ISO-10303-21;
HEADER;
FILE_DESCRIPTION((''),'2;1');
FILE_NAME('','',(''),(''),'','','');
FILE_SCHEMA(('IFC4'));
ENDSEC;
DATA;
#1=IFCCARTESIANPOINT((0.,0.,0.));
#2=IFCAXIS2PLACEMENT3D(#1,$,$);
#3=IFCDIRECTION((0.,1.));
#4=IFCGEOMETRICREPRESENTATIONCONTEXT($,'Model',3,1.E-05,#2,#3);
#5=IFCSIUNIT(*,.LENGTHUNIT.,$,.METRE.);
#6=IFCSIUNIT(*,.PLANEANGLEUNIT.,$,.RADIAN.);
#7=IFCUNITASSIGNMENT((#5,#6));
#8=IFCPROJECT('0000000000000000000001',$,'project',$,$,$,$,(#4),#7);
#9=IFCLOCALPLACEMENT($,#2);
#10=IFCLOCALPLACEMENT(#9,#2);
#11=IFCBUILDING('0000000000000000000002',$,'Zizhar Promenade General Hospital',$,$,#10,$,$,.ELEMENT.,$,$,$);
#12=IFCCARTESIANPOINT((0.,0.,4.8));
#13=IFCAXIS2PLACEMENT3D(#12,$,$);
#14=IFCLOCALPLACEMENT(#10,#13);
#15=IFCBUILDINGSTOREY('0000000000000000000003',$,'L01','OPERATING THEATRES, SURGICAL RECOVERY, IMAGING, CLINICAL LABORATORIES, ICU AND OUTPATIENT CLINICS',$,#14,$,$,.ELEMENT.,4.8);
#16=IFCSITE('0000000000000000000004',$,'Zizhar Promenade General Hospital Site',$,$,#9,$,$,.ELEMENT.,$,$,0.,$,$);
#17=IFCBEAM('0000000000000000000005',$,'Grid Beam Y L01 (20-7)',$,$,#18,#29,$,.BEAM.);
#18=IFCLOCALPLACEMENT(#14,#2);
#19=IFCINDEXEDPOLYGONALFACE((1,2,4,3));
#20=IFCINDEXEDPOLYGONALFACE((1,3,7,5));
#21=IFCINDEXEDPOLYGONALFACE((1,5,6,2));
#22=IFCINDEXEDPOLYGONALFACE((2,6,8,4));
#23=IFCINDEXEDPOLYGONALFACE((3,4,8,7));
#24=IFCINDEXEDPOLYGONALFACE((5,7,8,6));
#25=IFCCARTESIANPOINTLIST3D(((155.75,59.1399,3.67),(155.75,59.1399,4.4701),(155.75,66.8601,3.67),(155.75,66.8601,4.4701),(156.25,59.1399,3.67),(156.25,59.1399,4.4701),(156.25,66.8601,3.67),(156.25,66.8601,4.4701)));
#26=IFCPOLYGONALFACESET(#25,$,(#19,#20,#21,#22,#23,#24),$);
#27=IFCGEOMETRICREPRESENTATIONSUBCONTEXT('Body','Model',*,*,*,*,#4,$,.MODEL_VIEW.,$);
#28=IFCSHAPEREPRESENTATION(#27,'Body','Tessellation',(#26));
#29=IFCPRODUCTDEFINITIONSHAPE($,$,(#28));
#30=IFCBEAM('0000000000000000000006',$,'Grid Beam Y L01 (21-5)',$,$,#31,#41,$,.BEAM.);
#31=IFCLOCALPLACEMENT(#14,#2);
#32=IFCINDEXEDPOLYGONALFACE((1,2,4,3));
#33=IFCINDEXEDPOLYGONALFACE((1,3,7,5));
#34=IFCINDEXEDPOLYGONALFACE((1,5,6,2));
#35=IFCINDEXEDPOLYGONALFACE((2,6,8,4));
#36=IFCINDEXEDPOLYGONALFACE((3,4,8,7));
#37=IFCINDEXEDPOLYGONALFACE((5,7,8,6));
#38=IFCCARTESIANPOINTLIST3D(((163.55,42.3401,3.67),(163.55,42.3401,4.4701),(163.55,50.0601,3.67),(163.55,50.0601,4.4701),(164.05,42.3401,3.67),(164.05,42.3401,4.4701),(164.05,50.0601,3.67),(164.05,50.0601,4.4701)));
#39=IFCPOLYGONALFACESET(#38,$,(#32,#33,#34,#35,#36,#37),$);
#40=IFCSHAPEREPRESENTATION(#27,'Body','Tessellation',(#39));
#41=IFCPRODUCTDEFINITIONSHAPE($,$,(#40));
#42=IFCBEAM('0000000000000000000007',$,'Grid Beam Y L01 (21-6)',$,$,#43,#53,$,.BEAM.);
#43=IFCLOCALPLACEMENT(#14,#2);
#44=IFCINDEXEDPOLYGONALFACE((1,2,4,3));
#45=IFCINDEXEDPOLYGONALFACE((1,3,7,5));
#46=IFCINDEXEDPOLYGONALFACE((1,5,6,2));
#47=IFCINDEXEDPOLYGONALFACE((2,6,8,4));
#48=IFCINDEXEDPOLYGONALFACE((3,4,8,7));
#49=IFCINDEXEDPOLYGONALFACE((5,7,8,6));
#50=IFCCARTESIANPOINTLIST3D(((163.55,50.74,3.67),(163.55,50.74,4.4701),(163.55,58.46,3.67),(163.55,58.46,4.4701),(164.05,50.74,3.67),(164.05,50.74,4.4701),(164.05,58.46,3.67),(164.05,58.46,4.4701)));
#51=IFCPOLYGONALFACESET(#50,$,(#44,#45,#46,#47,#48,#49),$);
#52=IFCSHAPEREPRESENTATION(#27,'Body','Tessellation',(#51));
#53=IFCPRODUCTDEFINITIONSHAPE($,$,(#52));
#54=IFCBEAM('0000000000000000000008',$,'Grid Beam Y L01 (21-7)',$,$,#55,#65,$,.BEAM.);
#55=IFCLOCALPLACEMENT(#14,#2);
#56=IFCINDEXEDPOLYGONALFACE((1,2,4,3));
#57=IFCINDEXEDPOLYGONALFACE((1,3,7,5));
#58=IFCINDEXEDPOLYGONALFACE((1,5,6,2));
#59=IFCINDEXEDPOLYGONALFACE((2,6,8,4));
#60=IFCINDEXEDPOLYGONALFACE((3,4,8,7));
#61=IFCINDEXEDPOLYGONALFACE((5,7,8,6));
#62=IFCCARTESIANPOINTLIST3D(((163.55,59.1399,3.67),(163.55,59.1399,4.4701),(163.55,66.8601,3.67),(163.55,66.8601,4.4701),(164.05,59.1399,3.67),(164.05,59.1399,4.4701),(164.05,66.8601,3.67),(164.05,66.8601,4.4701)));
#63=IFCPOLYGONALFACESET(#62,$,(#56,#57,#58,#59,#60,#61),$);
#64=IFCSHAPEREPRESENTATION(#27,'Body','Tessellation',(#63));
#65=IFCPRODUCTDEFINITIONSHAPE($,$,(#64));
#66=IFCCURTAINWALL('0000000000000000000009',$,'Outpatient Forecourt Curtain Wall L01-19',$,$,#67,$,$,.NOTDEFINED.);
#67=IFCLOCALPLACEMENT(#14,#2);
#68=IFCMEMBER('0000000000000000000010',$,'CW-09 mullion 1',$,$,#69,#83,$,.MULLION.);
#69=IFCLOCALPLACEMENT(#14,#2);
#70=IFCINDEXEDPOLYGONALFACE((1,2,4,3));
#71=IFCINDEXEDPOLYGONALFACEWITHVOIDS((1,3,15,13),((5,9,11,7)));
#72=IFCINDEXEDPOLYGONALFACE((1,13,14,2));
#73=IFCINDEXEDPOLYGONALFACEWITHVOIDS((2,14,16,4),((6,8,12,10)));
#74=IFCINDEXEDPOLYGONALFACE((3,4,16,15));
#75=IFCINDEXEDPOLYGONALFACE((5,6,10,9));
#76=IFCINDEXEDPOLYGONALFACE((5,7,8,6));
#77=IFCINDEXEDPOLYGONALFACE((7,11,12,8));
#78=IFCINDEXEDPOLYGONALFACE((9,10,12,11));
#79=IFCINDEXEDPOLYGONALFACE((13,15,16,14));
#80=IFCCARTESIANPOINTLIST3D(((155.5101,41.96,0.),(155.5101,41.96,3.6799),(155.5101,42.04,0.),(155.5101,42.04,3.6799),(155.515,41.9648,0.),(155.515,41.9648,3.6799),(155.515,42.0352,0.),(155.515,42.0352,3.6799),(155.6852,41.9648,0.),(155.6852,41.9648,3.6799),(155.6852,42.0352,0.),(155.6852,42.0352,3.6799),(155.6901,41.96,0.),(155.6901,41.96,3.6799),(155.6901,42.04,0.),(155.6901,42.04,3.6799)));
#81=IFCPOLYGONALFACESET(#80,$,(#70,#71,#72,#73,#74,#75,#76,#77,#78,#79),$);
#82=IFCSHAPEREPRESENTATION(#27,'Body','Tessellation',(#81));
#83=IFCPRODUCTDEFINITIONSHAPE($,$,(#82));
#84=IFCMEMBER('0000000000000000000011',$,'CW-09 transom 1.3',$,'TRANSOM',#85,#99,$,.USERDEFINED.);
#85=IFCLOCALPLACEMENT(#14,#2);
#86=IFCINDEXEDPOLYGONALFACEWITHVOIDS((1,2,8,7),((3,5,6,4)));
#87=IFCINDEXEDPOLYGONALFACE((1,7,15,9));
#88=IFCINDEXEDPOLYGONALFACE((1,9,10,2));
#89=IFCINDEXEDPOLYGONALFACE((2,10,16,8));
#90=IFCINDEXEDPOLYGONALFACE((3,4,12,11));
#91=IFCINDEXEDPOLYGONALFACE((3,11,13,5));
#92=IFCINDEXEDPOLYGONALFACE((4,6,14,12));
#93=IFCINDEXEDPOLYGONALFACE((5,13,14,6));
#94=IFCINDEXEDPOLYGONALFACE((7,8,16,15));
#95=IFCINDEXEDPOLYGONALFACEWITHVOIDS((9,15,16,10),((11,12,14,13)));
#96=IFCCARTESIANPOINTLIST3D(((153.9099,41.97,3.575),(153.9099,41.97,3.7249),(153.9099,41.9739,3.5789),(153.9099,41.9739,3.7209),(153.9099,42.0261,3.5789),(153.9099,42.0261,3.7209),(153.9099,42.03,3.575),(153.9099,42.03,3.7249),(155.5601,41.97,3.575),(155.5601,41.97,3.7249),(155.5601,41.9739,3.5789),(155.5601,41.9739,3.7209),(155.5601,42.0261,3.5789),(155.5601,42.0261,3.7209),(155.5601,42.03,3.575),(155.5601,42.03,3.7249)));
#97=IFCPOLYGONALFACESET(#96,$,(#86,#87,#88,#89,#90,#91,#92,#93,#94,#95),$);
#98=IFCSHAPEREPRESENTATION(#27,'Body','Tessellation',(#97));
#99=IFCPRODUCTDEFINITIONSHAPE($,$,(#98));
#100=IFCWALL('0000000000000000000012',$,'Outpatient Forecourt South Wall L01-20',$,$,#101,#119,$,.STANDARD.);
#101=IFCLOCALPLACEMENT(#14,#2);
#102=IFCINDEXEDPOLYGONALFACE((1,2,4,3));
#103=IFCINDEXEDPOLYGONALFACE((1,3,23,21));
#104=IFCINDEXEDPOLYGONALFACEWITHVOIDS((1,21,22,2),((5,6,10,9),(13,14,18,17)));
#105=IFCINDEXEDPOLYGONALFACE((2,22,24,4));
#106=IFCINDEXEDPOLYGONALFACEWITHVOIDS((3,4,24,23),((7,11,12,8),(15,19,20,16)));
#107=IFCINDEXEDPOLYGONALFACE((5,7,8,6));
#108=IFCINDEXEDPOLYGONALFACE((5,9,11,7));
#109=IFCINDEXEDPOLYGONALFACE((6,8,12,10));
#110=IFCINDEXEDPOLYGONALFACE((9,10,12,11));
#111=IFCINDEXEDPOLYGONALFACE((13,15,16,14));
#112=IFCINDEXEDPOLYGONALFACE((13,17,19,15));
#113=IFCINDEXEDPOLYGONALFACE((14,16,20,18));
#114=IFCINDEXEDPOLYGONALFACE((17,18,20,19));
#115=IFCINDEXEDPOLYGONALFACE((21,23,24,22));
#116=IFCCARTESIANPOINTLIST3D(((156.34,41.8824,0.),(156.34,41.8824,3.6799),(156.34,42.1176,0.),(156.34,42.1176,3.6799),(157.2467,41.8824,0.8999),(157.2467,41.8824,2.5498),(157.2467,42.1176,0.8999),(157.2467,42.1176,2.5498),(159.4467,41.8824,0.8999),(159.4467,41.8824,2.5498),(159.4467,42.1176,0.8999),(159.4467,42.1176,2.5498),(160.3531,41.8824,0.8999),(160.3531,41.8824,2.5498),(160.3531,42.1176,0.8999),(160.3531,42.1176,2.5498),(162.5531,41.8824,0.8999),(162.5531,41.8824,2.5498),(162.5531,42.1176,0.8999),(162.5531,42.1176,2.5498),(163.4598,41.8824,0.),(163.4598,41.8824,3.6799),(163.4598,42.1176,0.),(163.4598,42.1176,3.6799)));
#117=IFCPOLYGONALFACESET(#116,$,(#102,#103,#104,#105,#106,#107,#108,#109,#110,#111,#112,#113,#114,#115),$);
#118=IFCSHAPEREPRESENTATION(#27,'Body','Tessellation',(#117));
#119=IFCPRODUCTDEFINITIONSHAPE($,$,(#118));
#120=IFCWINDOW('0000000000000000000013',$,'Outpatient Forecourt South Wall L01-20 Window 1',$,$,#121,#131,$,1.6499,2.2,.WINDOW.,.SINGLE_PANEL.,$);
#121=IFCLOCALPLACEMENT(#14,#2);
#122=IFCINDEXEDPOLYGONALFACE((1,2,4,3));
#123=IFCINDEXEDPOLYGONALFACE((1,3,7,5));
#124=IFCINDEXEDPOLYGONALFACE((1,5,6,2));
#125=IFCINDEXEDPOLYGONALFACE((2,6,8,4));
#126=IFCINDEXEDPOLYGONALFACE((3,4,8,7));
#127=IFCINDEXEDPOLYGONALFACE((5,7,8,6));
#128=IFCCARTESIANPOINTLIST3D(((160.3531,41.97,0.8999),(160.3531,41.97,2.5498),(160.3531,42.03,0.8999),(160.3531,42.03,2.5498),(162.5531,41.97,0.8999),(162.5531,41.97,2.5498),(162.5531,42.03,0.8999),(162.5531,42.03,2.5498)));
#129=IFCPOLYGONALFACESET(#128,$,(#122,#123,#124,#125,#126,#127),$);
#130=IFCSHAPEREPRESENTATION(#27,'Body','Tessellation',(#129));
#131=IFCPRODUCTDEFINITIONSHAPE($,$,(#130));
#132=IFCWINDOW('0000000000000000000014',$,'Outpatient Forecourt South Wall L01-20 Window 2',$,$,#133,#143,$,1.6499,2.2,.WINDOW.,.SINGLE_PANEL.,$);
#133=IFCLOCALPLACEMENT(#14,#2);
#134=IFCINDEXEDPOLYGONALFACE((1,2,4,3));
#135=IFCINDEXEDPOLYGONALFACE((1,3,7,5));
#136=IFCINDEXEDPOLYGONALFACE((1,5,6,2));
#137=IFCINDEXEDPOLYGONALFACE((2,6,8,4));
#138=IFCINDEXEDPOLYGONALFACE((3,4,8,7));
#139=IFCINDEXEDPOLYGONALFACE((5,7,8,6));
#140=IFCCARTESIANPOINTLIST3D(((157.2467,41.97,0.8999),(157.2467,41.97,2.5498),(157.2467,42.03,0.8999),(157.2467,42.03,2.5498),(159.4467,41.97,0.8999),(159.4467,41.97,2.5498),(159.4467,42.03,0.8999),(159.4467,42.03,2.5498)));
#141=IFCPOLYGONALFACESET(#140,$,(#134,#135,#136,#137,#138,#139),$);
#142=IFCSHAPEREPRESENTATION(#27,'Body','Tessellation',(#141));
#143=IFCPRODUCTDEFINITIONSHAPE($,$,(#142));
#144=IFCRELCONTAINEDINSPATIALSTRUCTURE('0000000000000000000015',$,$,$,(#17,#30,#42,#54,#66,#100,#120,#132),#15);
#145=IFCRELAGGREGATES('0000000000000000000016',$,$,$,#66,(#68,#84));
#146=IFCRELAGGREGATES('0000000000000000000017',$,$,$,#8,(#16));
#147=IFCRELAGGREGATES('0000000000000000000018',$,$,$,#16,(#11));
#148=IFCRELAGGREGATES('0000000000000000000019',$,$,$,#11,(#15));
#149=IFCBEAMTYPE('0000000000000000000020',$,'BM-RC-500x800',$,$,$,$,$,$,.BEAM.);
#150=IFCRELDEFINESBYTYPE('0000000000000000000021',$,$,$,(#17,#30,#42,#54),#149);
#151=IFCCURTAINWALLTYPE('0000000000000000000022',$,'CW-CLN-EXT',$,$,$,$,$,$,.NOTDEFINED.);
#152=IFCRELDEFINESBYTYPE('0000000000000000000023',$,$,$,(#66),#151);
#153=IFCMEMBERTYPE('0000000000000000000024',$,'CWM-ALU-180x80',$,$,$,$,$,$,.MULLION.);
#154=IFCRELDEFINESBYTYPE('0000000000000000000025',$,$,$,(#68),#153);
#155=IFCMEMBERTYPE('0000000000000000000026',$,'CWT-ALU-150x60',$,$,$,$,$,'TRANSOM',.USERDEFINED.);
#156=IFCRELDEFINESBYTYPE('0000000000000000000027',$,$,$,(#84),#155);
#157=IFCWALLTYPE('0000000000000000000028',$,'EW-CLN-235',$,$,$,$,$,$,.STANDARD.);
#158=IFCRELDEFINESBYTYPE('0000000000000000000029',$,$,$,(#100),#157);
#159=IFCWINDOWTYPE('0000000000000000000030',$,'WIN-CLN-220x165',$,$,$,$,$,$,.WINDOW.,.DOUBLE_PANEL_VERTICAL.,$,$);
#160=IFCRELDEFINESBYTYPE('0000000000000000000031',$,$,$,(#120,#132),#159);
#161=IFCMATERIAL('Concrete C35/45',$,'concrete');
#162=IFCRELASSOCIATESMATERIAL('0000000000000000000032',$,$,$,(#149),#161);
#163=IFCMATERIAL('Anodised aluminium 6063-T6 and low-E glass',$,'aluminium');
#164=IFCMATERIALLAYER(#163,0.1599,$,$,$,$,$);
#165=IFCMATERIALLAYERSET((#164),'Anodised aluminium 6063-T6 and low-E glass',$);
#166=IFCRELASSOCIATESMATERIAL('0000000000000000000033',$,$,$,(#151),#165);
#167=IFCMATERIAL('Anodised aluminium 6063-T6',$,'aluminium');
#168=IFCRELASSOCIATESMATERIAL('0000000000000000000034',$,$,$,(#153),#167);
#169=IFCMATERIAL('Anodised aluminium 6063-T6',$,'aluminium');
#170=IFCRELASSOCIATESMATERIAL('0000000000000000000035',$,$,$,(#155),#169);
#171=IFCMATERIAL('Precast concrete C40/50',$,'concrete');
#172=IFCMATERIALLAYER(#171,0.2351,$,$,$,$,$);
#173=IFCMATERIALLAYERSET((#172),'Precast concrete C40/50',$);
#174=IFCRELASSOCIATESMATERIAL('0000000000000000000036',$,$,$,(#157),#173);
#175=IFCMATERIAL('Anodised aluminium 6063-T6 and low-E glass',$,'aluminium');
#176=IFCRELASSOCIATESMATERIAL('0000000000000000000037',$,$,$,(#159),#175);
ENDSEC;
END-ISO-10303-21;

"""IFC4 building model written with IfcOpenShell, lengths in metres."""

from ifc_helpers import new_model, si_unit, direction, frame, frame_2d, origin, origin_2d, place, context, subcontext, project, spatial, rectangle, hollow_rectangle, extrude, material, layer, layer_set, material_profile, profile_set, type_object, element, fill, aggregate, save


model = new_model("IFC4")

# Units and contexts
model_context = context("Model", 3, precision=1e-05, world=origin(), true_north=direction((0.0, 1.0)))
body_context = subcontext(model_context, "Body", "Model", "MODEL_VIEW")
ifc_project = project(units=[si_unit("LENGTHUNIT", "METRE"), si_unit("PLANEANGLEUNIT", "RADIAN")], contexts=[model_context])

# Site, building, storey
site_placement = place(None, origin())
site = spatial("IfcSite", under=ifc_project, at=site_placement, Name="Zizhar Promenade General Hospital Site", CompositionType="ELEMENT", RefElevation=0.0)
building_placement = place(site_placement, origin())
building = spatial("IfcBuilding", under=site, at=building_placement, Name="Zizhar Promenade General Hospital", CompositionType="ELEMENT")
storey_placement = place(building_placement, frame((0.0, 0.0, 4.8)))
storey = spatial("IfcBuildingStorey", under=building, at=storey_placement, Name="L01", Description="OPERATING THEATRES, SURGICAL RECOVERY, IMAGING, CLINICAL LABORATORIES, ICU AND OUTPATIENT CLINICS", CompositionType="ELEMENT", Elevation=4.8)

# Beams
ifc_material_1 = material(Name="Concrete C35/45", Category="concrete")
ifc_material_profile_1 = material_profile(ifc_material_1, rectangle(XDim=0.5, YDim=0.8, at=origin_2d()))
ifc_profile_set_1 = profile_set([ifc_material_profile_1], Name="Concrete C35/45")
beam_type_1 = type_object("IfcBeamType", Name="BM-RC-500x800", PredefinedType="BEAM", material=ifc_profile_set_1)
beam_1_placement = place(storey_placement, frame((156.0, 59.1399, 4.0701), z_axis=(0.0, 1.0, 0.0), x_axis=(-1.0, 0.0, 0.0)))
element("IfcBeam", 1, at=beam_1_placement, inside=storey, type_object=beam_type_1, Name="Grid Beam Y L01 (20-7)", PredefinedType="BEAM", context=body_context, shape_type="SweptSolid", body=[
    extrude(rectangle(XDim=0.5, YDim=0.8, at=origin_2d()), origin(), (0.0, 0.0, 1.0), 7.7202),
])
for number, where, z_axis, x_axis, name in (
    (2, (163.8, 42.3401, 4.0701), (0.0, 1.0, 0.0), (-1.0, 0.0, 0.0), "Grid Beam Y L01 (21-5)"),
    (3, (163.8, 50.74, 4.0701), (0.0, 1.0, 0.0), (-1.0, 0.0, 0.0), "Grid Beam Y L01 (21-6)"),
):
    element("IfcBeam", number, at=place(storey_placement, frame(where, z_axis=z_axis, x_axis=x_axis)), inside=storey, type_object=beam_type_1, Name=name, PredefinedType="BEAM", context=body_context, shape_type="SweptSolid", body=[
        extrude(rectangle(XDim=0.5, YDim=0.8, at=origin_2d()), origin(), (0.0, 0.0, 1.0), 7.72),
    ])
beam_2_placement = place(storey_placement, frame((163.8, 59.1399, 4.0701), z_axis=(0.0, 1.0, 0.0), x_axis=(-1.0, 0.0, 0.0)))
element("IfcBeam", 4, at=beam_2_placement, inside=storey, type_object=beam_type_1, Name="Grid Beam Y L01 (21-7)", PredefinedType="BEAM", context=body_context, shape_type="SweptSolid", body=[
    extrude(rectangle(XDim=0.5, YDim=0.8, at=origin_2d()), origin(), (0.0, 0.0, 1.0), 7.7202),
])

# Curtain wall, members
ifc_material_2 = material(Name="Anodised aluminium 6063-T6 and low-E glass", Category="aluminium")
ifc_layer_1 = layer(ifc_material_2, 0.1599)
ifc_layer_set_1 = layer_set([ifc_layer_1], Name="Anodised aluminium 6063-T6 and low-E glass")
curtain_wall_type = type_object("IfcCurtainWallType", Name="CW-CLN-EXT", PredefinedType="NOTDEFINED", material=ifc_layer_set_1)
curtain_wall_placement = place(storey_placement, origin())
curtain_wall = element("IfcCurtainWall", 5, at=curtain_wall_placement, inside=storey, type_object=curtain_wall_type, Name="Outpatient Forecourt Curtain Wall L01-19", PredefinedType="NOTDEFINED")
ifc_material_3 = material(Name="Anodised aluminium 6063-T6", Category="aluminium")
ifc_material_profile_2 = material_profile(ifc_material_3, hollow_rectangle(XDim=0.0801, YDim=0.1799, WallThickness=0.0049, at=origin_2d()))
ifc_profile_set_2 = profile_set([ifc_material_profile_2], Name="Anodised aluminium 6063-T6")
member_type_1 = type_object("IfcMemberType", Name="CWM-ALU-180x80", PredefinedType="MULLION", material=ifc_profile_set_2)
member_1_placement = place(storey_placement, frame((155.6001, 42.0, 0.0), z_axis=(0.0, 0.0, 1.0), x_axis=(0.0, -1.0, 0.0)))
member_1 = element("IfcMember", 6, at=member_1_placement, type_object=member_type_1, Name="CW-09 mullion 1", PredefinedType="MULLION", context=body_context, shape_type="SweptSolid", body=[
    extrude(hollow_rectangle(XDim=0.0801, YDim=0.1799, WallThickness=0.0049, at=origin_2d()), origin(), (0.0, 0.0, 1.0), 3.6799),
])
ifc_material_4 = material(Name="Anodised aluminium 6063-T6", Category="aluminium")
ifc_material_profile_3 = material_profile(ifc_material_4, hollow_rectangle(XDim=0.0601, YDim=0.1499, WallThickness=0.0039, at=origin_2d()))
ifc_profile_set_3 = profile_set([ifc_material_profile_3], Name="Anodised aluminium 6063-T6")
member_type_2 = type_object("IfcMemberType", Name="CWT-ALU-150x60", ElementType="TRANSOM", PredefinedType="USERDEFINED", material=ifc_profile_set_3)
member_2_placement = place(storey_placement, frame((155.5601, 42.0, 3.6499), z_axis=(-1.0, 0.0, 0.0), x_axis=(0.0, -1.0, 0.0)))
member_2 = element("IfcMember", 7, at=member_2_placement, type_object=member_type_2, Name="CW-09 transom 1.3", ObjectType="TRANSOM", PredefinedType="USERDEFINED", context=body_context, shape_type="SweptSolid", body=[
    extrude(hollow_rectangle(XDim=0.0601, YDim=0.1499, WallThickness=0.0039, at=origin_2d()), origin(), (0.0, 0.0, 1.0), 1.6501),
])
aggregate(curtain_wall, [member_1, member_2])

# Wall, openings, windows
ifc_material_5 = material(Name="Precast concrete C40/50", Category="concrete")
ifc_layer_2 = layer(ifc_material_5, 0.2351)
ifc_layer_set_2 = layer_set([ifc_layer_2], Name="Precast concrete C40/50")
wall_type = type_object("IfcWallType", Name="EW-CLN-235", PredefinedType="STANDARD", material=ifc_layer_set_2)
wall_placement = place(storey_placement, frame((163.46, 42.0, 0.0), z_axis=(0.0, 0.0, 1.0), x_axis=(-1.0, 0.0, 0.0)))
wall = element("IfcWall", 8, at=wall_placement, inside=storey, type_object=wall_type, Name="Outpatient Forecourt South Wall L01-20", PredefinedType="STANDARD", context=body_context, shape_type="SweptSolid", body=[
    extrude(rectangle(XDim=7.1199, YDim=0.2351, at=frame_2d((3.5601, 0.0))), origin(), (0.0, 0.0, 1.0), 3.6799),
])
opening_1_placement = place(wall_placement, frame((0.9067, 0.0, 0.8999)))
opening_1 = element("IfcOpeningElement", 9, at=opening_1_placement, cuts=wall, PredefinedType="OPENING", context=body_context, shape_type="SweptSolid", body=[
    extrude(rectangle(XDim=2.2, YDim=1.6499, at=frame_2d((1.1001, 0.825))), frame((0.0, 0.1274, 0.0), z_axis=(0.0, -1.0, 0.0), x_axis=(1.0, 0.0, 0.0)), (0.0, 0.0, 1.0), 0.2551),
])
opening_2_placement = place(wall_placement, frame((4.0132, 0.0, 0.8999)))
opening_2 = element("IfcOpeningElement", 10, at=opening_2_placement, cuts=wall, PredefinedType="OPENING", context=body_context, shape_type="SweptSolid", body=[
    extrude(rectangle(XDim=2.2, YDim=1.6499, at=frame_2d((1.1001, 0.825))), frame((0.0, 0.1274, 0.0), z_axis=(0.0, -1.0, 0.0), x_axis=(1.0, 0.0, 0.0)), (0.0, 0.0, 1.0), 0.2551),
])
ifc_material_6 = material(Name="Anodised aluminium 6063-T6 and low-E glass", Category="aluminium")
window_type = type_object("IfcWindowType", Name="WIN-CLN-220x165", PartitioningType="DOUBLE_PANEL_VERTICAL", PredefinedType="WINDOW", material=ifc_material_6)
window_1_placement = place(opening_1_placement, origin())
window_1 = element("IfcWindow", 11, at=window_1_placement, inside=storey, type_object=window_type, Name="Outpatient Forecourt South Wall L01-20 Window 1", OverallHeight=1.6499, OverallWidth=2.2, PartitioningType="SINGLE_PANEL", PredefinedType="WINDOW", context=body_context, shape_type="SweptSolid", body=[
    extrude(rectangle(XDim=2.2, YDim=1.6499, at=frame_2d((1.1001, 0.825))), frame((0.0, 0.03, 0.0), z_axis=(0.0, -1.0, 0.0), x_axis=(1.0, 0.0, 0.0)), (0.0, 0.0, 1.0), 0.0601),
])
fill(opening_1, window_1)
window_2_placement = place(opening_2_placement, origin())
window_2 = element("IfcWindow", 12, at=window_2_placement, inside=storey, type_object=window_type, Name="Outpatient Forecourt South Wall L01-20 Window 2", OverallHeight=1.6499, OverallWidth=2.2, PartitioningType="SINGLE_PANEL", PredefinedType="WINDOW", context=body_context, shape_type="SweptSolid", body=[
    extrude(rectangle(XDim=2.2, YDim=1.6499, at=frame_2d((1.1001, 0.825))), frame((0.0, 0.03, 0.0), z_axis=(0.0, -1.0, 0.0), x_axis=(1.0, 0.0, 0.0)), (0.0, 0.0, 1.0), 0.0601),
])
fill(opening_2, window_2)

save(model, "model.ifc")
